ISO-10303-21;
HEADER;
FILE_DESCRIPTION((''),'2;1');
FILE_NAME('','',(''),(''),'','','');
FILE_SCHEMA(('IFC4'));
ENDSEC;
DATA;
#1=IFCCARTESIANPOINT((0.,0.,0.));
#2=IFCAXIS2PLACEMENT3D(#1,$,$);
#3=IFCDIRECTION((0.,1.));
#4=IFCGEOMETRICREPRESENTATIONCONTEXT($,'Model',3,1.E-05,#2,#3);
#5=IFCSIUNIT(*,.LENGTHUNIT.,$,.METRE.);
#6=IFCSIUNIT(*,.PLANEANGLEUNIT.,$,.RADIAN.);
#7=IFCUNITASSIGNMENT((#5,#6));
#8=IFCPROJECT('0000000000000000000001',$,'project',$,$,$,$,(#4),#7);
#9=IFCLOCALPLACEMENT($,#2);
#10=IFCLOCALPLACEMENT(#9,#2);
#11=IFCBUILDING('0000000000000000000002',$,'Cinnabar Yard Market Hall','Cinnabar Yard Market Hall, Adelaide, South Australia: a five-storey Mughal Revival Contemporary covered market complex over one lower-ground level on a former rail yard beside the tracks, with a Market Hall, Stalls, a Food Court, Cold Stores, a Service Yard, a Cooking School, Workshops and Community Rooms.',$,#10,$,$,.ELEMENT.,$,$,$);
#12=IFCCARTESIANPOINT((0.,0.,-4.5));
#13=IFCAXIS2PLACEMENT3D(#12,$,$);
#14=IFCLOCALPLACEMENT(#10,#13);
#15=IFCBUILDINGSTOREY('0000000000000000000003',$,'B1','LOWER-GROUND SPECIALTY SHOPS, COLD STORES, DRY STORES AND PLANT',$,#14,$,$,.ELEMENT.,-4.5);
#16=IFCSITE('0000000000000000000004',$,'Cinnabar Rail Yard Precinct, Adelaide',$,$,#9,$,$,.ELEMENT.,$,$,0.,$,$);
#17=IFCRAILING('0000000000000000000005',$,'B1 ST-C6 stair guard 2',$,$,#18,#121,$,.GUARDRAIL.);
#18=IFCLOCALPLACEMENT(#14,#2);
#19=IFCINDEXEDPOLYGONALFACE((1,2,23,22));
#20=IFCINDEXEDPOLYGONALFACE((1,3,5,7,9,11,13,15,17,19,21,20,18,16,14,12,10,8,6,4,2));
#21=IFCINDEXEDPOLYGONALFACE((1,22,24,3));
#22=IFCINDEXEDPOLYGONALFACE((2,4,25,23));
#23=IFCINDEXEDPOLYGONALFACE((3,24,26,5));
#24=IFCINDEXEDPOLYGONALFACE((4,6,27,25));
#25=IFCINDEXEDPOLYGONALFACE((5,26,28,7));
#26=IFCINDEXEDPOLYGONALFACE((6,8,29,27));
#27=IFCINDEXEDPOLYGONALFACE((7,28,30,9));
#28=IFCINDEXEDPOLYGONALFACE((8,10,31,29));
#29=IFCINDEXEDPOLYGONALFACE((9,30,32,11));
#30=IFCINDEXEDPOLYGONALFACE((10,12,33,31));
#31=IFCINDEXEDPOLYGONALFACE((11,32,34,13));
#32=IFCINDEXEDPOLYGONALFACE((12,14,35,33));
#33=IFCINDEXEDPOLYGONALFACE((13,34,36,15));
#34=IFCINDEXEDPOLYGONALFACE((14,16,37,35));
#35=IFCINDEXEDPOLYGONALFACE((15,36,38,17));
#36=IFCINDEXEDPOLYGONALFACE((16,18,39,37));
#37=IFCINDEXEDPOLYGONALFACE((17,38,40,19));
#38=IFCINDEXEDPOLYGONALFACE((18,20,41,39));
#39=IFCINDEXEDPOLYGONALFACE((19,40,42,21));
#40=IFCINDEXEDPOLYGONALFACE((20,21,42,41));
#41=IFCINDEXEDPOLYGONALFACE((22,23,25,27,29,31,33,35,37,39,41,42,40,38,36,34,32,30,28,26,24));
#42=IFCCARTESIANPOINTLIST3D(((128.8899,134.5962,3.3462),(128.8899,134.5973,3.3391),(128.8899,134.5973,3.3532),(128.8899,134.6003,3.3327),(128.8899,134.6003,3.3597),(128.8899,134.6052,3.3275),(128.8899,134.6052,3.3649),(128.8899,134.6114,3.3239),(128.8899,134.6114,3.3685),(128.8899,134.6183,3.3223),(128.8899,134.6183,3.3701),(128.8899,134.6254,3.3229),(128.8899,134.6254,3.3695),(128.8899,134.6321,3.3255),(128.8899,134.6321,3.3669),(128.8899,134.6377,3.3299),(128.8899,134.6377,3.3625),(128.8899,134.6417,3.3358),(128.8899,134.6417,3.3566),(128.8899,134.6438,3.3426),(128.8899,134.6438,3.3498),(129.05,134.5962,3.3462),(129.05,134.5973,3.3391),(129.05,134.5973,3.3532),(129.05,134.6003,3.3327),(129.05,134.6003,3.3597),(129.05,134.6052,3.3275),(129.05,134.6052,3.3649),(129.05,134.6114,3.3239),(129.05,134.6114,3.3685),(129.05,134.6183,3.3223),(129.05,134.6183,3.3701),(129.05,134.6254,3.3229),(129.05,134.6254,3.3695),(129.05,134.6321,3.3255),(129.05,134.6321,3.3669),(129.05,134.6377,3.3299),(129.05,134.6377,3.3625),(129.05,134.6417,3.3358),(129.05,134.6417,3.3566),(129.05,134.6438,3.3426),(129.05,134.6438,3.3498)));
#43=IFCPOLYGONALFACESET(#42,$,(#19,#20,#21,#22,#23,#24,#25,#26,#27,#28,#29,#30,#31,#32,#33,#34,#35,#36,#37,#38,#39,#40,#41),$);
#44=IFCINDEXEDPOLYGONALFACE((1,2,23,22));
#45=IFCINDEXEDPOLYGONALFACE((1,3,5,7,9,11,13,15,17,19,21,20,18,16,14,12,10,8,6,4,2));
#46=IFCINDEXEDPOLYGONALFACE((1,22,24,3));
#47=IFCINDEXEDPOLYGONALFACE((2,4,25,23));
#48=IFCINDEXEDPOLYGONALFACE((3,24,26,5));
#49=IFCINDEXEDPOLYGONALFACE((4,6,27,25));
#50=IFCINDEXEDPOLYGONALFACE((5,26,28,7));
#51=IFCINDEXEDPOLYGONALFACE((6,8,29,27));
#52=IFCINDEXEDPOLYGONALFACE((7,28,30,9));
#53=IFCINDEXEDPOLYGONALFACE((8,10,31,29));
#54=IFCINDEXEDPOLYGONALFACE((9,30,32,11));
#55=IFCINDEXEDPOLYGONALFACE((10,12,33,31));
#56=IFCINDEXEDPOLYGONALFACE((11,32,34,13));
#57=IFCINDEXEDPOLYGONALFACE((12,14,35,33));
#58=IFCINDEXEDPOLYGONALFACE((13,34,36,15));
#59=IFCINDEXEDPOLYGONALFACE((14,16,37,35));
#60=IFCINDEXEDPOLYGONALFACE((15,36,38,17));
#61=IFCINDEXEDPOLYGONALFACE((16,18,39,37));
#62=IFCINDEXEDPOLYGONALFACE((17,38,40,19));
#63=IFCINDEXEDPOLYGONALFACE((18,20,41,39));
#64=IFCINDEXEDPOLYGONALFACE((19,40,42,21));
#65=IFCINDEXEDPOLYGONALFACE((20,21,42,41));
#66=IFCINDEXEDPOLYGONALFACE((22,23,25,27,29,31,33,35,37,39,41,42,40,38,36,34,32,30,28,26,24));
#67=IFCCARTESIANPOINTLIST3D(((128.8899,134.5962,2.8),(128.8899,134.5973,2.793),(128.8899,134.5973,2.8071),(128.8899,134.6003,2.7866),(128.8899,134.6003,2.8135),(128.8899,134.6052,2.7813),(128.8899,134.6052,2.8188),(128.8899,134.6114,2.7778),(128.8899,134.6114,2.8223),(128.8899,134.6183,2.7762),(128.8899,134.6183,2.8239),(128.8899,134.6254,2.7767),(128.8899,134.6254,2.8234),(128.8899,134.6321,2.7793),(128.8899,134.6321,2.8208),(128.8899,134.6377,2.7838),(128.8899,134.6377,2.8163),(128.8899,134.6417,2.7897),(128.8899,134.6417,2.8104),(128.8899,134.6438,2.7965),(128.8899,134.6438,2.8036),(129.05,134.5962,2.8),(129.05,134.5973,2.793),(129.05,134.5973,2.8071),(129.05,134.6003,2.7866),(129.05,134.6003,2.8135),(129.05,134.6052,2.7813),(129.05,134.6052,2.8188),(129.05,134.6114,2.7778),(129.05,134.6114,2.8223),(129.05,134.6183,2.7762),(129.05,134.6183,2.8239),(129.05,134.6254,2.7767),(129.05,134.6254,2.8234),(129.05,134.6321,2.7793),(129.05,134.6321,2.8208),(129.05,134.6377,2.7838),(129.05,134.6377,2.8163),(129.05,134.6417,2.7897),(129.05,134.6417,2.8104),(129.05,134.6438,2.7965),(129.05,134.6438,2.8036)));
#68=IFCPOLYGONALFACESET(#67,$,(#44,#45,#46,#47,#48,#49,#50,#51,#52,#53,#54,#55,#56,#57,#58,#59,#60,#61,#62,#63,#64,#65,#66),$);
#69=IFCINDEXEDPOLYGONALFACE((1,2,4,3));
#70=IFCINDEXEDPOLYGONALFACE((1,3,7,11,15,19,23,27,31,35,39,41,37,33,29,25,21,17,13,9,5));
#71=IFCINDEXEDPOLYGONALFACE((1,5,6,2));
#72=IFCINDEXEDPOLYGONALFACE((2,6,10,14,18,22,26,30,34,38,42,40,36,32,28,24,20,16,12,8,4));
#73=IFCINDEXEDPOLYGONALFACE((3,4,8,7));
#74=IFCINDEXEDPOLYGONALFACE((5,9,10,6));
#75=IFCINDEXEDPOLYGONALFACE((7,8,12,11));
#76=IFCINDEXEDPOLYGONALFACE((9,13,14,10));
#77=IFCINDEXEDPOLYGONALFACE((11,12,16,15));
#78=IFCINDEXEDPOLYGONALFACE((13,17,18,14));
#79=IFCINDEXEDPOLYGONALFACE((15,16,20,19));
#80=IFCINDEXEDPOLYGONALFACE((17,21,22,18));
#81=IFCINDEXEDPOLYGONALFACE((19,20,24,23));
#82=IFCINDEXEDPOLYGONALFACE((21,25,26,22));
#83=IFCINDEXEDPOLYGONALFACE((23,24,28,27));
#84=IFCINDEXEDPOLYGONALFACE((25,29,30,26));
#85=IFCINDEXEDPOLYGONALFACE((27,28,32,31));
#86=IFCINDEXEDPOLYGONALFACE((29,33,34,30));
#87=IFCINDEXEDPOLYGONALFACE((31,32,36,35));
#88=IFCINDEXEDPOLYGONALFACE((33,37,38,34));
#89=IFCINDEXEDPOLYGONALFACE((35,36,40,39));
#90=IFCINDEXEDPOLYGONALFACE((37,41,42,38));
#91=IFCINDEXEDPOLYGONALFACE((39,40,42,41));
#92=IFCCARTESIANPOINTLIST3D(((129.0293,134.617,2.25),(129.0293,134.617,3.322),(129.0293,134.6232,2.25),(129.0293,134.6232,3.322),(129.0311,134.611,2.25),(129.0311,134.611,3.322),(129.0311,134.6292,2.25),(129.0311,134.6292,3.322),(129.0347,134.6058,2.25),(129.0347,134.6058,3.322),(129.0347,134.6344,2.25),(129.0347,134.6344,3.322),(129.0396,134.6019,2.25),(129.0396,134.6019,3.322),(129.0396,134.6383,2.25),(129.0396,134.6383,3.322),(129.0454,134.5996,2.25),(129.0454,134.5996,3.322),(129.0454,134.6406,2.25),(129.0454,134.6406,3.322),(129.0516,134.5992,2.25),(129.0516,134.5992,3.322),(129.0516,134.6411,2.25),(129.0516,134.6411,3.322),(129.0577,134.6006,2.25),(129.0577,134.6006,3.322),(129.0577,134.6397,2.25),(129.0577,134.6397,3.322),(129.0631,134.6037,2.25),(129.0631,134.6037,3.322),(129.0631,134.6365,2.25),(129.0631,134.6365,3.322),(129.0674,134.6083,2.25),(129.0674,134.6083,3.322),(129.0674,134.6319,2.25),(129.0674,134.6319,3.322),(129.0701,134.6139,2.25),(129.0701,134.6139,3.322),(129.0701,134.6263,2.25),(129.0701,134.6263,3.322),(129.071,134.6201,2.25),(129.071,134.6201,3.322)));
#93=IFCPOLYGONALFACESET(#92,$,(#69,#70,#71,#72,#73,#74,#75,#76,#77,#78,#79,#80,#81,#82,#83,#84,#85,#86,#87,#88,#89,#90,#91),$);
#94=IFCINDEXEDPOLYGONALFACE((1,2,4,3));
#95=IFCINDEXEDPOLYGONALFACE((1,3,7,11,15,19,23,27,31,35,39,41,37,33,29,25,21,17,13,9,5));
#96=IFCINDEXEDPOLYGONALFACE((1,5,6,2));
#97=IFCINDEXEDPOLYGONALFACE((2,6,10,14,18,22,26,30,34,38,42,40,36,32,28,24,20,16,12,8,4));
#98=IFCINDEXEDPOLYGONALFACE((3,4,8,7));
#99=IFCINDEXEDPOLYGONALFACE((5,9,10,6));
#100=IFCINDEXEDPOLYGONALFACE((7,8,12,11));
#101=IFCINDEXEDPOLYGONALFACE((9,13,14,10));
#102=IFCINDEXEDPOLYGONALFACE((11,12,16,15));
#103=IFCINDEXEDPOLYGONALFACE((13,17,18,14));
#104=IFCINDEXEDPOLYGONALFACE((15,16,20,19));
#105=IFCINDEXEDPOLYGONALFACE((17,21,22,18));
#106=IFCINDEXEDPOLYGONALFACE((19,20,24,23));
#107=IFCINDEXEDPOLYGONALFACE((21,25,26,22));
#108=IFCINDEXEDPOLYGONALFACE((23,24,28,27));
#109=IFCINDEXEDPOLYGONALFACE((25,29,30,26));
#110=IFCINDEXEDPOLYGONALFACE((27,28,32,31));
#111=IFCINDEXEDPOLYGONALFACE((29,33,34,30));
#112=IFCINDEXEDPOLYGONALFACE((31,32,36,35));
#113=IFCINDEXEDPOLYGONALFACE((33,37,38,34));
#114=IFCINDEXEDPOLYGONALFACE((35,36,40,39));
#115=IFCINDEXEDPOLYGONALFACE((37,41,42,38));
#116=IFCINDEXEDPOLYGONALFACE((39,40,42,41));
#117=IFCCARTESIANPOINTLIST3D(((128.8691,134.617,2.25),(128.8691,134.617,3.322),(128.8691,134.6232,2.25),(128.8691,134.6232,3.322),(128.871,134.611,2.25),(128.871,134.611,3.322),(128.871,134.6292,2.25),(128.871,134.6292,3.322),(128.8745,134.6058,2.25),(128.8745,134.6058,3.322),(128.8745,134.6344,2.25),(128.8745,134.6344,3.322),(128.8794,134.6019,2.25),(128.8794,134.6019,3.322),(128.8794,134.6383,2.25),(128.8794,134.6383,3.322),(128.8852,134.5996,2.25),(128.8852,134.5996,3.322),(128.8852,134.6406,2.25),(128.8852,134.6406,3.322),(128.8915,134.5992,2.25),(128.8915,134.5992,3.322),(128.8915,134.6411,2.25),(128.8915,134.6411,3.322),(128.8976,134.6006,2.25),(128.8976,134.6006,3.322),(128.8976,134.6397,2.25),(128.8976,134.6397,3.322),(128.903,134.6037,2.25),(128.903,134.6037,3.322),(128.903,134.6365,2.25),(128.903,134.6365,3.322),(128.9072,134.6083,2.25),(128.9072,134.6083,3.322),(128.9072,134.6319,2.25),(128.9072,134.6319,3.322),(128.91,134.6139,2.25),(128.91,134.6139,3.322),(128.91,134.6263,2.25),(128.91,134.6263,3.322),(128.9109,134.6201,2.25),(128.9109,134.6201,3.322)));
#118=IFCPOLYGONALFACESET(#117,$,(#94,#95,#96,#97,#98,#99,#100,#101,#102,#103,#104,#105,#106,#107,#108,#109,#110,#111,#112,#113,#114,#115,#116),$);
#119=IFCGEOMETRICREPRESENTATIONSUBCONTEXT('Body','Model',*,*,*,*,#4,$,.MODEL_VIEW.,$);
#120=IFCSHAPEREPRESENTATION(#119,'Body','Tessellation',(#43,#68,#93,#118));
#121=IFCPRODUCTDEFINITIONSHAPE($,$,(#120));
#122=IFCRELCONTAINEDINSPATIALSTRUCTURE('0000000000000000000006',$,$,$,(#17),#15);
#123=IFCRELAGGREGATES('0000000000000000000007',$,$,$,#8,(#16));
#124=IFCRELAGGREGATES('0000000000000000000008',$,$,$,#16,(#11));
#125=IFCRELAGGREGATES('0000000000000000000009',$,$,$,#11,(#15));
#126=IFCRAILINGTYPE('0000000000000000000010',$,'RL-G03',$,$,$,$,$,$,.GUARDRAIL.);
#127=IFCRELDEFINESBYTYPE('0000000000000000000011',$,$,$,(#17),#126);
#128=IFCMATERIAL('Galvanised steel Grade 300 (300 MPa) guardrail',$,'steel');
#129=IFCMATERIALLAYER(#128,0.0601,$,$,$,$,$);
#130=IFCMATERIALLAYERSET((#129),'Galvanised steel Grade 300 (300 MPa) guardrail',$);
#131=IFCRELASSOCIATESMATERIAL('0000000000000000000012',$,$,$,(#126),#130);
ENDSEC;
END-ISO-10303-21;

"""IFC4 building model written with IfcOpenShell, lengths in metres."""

from ifc_helpers import new_model, si_unit, direction, frame, origin, origin_2d_with_axis, place, context, subcontext, project, spatial, circle, extrude, material, layer, layer_set, type_object, element, save


model = new_model("IFC4")

# Units and contexts
model_context = context("Model", 3, precision=1e-05, world=origin(), true_north=direction((0.0, 1.0)))
body_context = subcontext(model_context, "Body", "Model", "MODEL_VIEW")
ifc_project = project(units=[si_unit("LENGTHUNIT", "METRE"), si_unit("PLANEANGLEUNIT", "RADIAN")], contexts=[model_context])

# Site, building, storey
site_placement = place(None, origin())
site = spatial("IfcSite", under=ifc_project, at=site_placement, Name="Cinnabar Rail Yard Precinct, Adelaide", CompositionType="ELEMENT", RefElevation=0.0)
building_placement = place(site_placement, origin())
building = spatial("IfcBuilding", under=site, at=building_placement, Name="Cinnabar Yard Market Hall", Description="Cinnabar Yard Market Hall, Adelaide, South Australia: a five-storey Mughal Revival Contemporary covered market complex over one lower-ground level on a former rail yard beside the tracks, with a Market Hall, Stalls, a Food Court, Cold Stores, a Service Yard, a Cooking School, Workshops and Community Rooms.", CompositionType="ELEMENT")
storey_placement = place(building_placement, frame((0.0, 0.0, -4.5)))
storey = spatial("IfcBuildingStorey", under=building, at=storey_placement, Name="B1", Description="LOWER-GROUND SPECIALTY SHOPS, COLD STORES, DRY STORES AND PLANT", CompositionType="ELEMENT", Elevation=-4.5)

# Railing
ifc_material_1 = material(Name="Galvanised steel Grade 300 (300 MPa) guardrail", Category="steel")
ifc_layer_1 = layer(ifc_material_1, 0.0601)
ifc_layer_set_1 = layer_set([ifc_layer_1], Name="Galvanised steel Grade 300 (300 MPa) guardrail")
railing_type_1 = type_object("IfcRailingType", Name="RL-G03", PredefinedType="GUARDRAIL", material=ifc_layer_set_1)
railing_1_placement = place(storey_placement, frame((129.05, 134.6201, 2.25)))
element("IfcRailing", 1, at=railing_1_placement, inside=storey, type_object=railing_type_1, Name="B1 ST-C6 stair guard 2", PredefinedType="GUARDRAIL", context=body_context, shape_type="SweptSolid", body=[
    extrude(circle(Radius=0.0239, at=origin_2d_with_axis()), frame((0.0, 0.0, 1.0962), z_axis=(-1.0, 0.0, 0.0), x_axis=(0.0, -1.0, 0.0)), (0.0, 0.0, 1.0), 0.1602),
    extrude(circle(Radius=0.0239, at=origin_2d_with_axis()), frame((0.0, 0.0, 0.55), z_axis=(-1.0, 0.0, 0.0), x_axis=(0.0, -1.0, 0.0)), (0.0, 0.0, 1.0), 0.1602),
    extrude(circle(Radius=0.021, at=origin_2d_with_axis()), origin(), (0.0, 0.0, 1.0), 1.072),
    extrude(circle(Radius=0.021, at=origin_2d_with_axis()), frame((-0.1602, 0.0, 0.0)), (0.0, 0.0, 1.0), 1.072),
])

save(model, "model.ifc")
